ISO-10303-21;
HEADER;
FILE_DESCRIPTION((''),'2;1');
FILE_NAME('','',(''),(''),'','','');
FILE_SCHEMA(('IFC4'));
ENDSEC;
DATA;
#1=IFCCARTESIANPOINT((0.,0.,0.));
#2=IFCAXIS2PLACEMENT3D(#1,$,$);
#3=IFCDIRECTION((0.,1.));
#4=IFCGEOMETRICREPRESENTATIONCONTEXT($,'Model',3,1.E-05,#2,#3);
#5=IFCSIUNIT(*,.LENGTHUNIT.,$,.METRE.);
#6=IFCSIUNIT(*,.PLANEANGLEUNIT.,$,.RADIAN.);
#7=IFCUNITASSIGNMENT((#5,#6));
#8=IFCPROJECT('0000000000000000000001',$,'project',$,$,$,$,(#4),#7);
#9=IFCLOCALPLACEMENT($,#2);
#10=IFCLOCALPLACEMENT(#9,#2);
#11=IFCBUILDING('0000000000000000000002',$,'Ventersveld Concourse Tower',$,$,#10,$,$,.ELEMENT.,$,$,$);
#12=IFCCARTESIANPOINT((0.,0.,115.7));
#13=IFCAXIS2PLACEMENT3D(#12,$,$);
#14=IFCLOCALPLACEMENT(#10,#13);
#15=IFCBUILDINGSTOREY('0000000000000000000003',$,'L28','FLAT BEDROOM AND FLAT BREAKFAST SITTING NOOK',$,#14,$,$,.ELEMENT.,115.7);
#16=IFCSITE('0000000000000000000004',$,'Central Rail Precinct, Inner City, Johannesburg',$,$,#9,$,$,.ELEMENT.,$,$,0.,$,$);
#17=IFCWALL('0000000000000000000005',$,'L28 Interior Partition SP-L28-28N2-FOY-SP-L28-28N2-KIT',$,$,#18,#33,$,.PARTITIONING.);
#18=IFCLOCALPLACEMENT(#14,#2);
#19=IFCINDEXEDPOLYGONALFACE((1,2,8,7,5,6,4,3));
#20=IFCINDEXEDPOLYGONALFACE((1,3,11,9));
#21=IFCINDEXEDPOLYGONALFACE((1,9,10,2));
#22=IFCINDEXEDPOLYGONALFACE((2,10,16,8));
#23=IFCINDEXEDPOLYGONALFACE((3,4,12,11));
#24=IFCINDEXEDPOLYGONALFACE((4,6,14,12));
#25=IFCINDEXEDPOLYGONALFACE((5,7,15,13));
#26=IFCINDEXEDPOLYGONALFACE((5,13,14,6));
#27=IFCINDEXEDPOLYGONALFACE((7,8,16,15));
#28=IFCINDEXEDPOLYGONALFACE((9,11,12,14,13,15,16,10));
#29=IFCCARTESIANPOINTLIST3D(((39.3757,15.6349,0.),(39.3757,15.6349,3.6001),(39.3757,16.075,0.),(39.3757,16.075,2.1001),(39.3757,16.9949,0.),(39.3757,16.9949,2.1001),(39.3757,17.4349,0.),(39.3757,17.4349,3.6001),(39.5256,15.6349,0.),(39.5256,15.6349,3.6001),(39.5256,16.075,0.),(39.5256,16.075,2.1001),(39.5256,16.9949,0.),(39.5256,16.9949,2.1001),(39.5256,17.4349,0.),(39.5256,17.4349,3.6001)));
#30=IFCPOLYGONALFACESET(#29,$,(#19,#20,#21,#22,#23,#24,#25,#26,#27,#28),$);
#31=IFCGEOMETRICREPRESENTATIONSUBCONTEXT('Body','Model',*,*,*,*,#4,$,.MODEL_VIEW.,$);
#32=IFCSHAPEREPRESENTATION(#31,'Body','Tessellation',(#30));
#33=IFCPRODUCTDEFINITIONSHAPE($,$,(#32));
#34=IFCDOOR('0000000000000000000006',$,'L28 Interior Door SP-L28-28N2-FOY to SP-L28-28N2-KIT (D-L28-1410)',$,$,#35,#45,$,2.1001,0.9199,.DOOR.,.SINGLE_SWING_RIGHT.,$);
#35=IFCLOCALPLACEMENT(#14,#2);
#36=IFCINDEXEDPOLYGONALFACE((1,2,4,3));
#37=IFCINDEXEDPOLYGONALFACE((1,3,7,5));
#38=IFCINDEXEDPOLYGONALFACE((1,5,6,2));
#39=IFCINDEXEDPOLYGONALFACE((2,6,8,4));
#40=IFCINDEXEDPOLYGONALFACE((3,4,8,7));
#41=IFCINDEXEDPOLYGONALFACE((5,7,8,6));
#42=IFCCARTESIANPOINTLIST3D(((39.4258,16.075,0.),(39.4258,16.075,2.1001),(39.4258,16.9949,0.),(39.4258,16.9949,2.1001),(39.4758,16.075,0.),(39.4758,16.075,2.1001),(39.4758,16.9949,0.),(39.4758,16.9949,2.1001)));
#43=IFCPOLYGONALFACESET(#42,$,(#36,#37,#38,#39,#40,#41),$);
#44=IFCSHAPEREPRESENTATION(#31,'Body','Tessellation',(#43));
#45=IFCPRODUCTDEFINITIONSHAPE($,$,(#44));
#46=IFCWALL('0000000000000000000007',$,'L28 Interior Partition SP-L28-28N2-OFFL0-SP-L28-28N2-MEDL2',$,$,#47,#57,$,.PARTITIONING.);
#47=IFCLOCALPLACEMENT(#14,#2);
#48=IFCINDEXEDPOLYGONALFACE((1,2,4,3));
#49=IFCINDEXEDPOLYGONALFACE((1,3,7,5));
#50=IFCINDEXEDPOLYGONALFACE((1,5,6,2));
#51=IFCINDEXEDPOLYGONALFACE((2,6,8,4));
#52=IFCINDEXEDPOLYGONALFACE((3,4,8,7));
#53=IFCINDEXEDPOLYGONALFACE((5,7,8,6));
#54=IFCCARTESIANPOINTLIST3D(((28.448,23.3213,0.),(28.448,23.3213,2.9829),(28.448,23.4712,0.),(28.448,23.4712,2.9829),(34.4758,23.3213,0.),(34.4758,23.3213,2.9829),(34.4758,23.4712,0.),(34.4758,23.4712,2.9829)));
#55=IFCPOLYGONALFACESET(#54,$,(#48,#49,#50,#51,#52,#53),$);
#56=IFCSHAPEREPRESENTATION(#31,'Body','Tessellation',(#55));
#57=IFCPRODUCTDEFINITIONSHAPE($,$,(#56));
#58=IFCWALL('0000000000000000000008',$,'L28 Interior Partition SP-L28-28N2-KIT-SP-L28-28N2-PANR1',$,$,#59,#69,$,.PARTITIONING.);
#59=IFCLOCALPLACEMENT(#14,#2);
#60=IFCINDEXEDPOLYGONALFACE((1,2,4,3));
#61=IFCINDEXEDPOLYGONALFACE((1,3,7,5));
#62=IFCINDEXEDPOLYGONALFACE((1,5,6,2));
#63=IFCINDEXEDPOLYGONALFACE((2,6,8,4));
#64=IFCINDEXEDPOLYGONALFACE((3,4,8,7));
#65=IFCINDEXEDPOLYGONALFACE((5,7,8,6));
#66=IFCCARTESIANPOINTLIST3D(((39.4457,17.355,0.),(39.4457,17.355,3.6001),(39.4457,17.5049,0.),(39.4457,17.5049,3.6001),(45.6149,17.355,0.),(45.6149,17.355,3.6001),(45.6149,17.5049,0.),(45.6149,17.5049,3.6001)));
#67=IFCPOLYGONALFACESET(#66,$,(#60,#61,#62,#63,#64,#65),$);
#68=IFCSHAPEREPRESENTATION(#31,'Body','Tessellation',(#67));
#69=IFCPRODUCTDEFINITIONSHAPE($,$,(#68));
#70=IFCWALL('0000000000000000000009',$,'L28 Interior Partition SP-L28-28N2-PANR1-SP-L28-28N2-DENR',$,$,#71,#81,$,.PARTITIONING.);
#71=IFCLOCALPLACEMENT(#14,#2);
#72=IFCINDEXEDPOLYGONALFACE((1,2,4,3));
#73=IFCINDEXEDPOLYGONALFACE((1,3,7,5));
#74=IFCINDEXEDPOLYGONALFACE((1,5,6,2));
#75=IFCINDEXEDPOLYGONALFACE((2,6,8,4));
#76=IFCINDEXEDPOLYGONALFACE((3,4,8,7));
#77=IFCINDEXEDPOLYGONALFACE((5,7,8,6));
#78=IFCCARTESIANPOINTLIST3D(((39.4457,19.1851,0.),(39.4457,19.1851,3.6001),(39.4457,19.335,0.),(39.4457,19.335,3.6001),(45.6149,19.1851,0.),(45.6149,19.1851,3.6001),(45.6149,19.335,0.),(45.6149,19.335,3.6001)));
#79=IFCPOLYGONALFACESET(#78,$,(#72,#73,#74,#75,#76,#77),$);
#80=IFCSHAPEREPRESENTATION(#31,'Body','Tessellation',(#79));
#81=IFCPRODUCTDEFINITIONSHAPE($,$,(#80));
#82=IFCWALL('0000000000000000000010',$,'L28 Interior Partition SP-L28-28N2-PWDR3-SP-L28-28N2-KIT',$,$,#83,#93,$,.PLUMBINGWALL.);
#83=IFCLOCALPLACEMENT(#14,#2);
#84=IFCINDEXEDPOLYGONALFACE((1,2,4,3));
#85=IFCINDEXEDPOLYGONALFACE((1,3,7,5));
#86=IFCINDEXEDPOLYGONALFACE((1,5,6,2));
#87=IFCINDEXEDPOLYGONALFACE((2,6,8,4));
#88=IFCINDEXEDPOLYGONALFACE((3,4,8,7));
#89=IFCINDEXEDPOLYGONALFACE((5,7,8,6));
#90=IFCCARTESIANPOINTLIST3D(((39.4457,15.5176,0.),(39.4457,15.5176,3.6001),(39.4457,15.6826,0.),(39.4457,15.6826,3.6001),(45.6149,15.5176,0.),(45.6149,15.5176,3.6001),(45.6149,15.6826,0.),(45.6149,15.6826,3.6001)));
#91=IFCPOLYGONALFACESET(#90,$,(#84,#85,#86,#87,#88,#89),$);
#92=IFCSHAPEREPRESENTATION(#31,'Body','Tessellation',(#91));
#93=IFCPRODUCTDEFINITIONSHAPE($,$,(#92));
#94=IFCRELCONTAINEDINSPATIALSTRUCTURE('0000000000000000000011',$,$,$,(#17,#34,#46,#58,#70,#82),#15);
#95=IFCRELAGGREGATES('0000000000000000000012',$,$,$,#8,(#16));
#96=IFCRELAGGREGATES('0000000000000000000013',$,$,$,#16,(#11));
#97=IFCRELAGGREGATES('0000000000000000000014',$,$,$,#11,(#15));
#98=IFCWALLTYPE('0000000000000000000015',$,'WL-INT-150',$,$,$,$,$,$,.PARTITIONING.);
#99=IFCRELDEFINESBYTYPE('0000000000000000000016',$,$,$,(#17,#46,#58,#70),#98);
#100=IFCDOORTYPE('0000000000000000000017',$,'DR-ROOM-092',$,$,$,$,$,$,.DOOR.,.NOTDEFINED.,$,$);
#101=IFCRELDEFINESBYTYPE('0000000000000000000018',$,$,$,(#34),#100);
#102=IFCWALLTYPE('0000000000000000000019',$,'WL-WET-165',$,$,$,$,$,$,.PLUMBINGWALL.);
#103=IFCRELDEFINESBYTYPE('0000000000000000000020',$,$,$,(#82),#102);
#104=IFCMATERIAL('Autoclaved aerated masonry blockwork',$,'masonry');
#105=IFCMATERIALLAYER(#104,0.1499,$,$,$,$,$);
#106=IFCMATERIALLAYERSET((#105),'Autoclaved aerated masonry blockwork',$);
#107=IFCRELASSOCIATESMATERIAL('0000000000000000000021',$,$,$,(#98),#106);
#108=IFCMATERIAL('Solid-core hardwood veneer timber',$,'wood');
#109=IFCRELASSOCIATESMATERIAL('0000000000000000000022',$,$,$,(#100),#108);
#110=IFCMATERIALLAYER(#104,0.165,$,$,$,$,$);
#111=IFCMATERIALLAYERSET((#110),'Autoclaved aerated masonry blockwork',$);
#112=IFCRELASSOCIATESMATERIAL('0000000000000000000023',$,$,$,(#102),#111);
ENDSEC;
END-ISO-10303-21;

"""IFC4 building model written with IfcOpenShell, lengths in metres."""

from ifc_helpers import new_model, si_unit, direction, frame, frame_2d, origin, place, context, subcontext, project, spatial, rectangle, extrude, material, layer, layer_set, type_object, element, fill, save


model = new_model("IFC4")

# Units and contexts
model_context = context("Model", 3, precision=1e-05, world=origin(), true_north=direction((0.0, 1.0)))
body_context = subcontext(model_context, "Body", "Model", "MODEL_VIEW")
ifc_project = project(units=[si_unit("LENGTHUNIT", "METRE"), si_unit("PLANEANGLEUNIT", "RADIAN")], contexts=[model_context])

# Site, building, storey
site_placement = place(None, origin())
site = spatial("IfcSite", under=ifc_project, at=site_placement, Name="Central Rail Precinct, Inner City, Johannesburg", CompositionType="ELEMENT", RefElevation=0.0)
building_placement = place(site_placement, origin())
building = spatial("IfcBuilding", under=site, at=building_placement, Name="Ventersveld Concourse Tower", CompositionType="ELEMENT")
storey_placement = place(building_placement, frame((0.0, 0.0, 115.7)))
storey = spatial("IfcBuildingStorey", under=building, at=storey_placement, Name="L28", Description="FLAT BEDROOM AND FLAT BREAKFAST SITTING NOOK", CompositionType="ELEMENT", Elevation=115.7)

# Shared definitions
ifc_material_1 = material(Name="Autoclaved aerated masonry blockwork", Category="masonry")
ifc_layer_1 = layer(ifc_material_1, 0.1499)
ifc_layer_set_1 = layer_set([ifc_layer_1], Name="Autoclaved aerated masonry blockwork")
wall_type_1 = type_object("IfcWallType", Name="WL-INT-150", PredefinedType="PARTITIONING", material=ifc_layer_set_1)
ifc_material_2 = material(Name="Solid-core hardwood veneer timber", Category="wood")
door_type = type_object("IfcDoorType", Name="DR-ROOM-092", OperationType="NOTDEFINED", PredefinedType="DOOR", material=ifc_material_2)

# Wall, opening, door
wall_1_placement = place(storey_placement, frame((39.4507, 15.635, 0.0), z_axis=(0.0, 0.0, 1.0), x_axis=(0.0, 1.0, 0.0)))
wall_1 = element("IfcWall", 1, at=wall_1_placement, inside=storey, type_object=wall_type_1, Name="L28 Interior Partition SP-L28-28N2-FOY-SP-L28-28N2-KIT", PredefinedType="PARTITIONING", context=body_context, shape_type="SweptSolid", body=[
    extrude(rectangle(XDim=1.8, YDim=0.1499, at=frame_2d((0.8999, 0.0))), origin(), (0.0, 0.0, 1.0), 3.6001),
])
opening_1_placement = place(wall_1_placement, frame((0.4399, 0.0, 0.0)))
opening_1 = element("IfcOpeningElement", 2, at=opening_1_placement, cuts=wall_1, PredefinedType="OPENING", context=body_context, shape_type="SweptSolid", body=[
    extrude(rectangle(XDim=0.9199, YDim=2.1001, at=frame_2d((0.46, 1.05))), frame((0.0, 0.085, 0.0), z_axis=(0.0, -1.0, 0.0), x_axis=(1.0, 0.0, 0.0)), (0.0, 0.0, 1.0), 0.1699),
])
door_1_placement = place(opening_1_placement, origin())
door_1 = element("IfcDoor", 3, at=door_1_placement, inside=storey, type_object=door_type, Name="L28 Interior Door SP-L28-28N2-FOY to SP-L28-28N2-KIT (D-L28-1410)", OperationType="SINGLE_SWING_RIGHT", OverallHeight=2.1001, OverallWidth=0.9199, PredefinedType="DOOR", context=body_context, shape_type="SweptSolid", body=[
    extrude(rectangle(XDim=0.9199, YDim=2.1001, at=frame_2d((0.46, 1.05))), frame((0.0, 0.0249, 0.0), z_axis=(0.0, -1.0, 0.0), x_axis=(1.0, 0.0, 0.0)), (0.0, 0.0, 1.0), 0.05),
])
fill(opening_1, door_1)

# Walls
wall_2_placement = place(storey_placement, frame((28.448, 23.3962, 0.0), z_axis=(0.0, 0.0, 1.0), x_axis=(1.0, 0.0, 0.0)))
element("IfcWall", 4, at=wall_2_placement, inside=storey, type_object=wall_type_1, Name="L28 Interior Partition SP-L28-28N2-OFFL0-SP-L28-28N2-MEDL2", PredefinedType="PARTITIONING", context=body_context, shape_type="SweptSolid", body=[
    extrude(rectangle(XDim=6.0278, YDim=0.1499, at=frame_2d((3.0139, 0.0))), origin(), (0.0, 0.0, 1.0), 2.9829),
])
for number, where, z_axis, x_axis, name in (
    (5, (39.4458, 17.4299, 0.0), (0.0, 0.0, 1.0), (1.0, 0.0, 0.0), "L28 Interior Partition SP-L28-28N2-KIT-SP-L28-28N2-PANR1"),
    (6, (39.4458, 19.26, 0.0), (0.0, 0.0, 1.0), (1.0, 0.0, 0.0), "L28 Interior Partition SP-L28-28N2-PANR1-SP-L28-28N2-DENR"),
):
    element("IfcWall", number, at=place(storey_placement, frame(where, z_axis=z_axis, x_axis=x_axis)), inside=storey, type_object=wall_type_1, Name=name, PredefinedType="PARTITIONING", context=body_context, shape_type="SweptSolid", body=[
        extrude(rectangle(XDim=6.1692, YDim=0.1499, at=frame_2d((3.0845, 0.0))), origin(), (0.0, 0.0, 1.0), 3.6001),
    ])
ifc_layer_2 = layer(ifc_material_1, 0.165)
ifc_layer_set_2 = layer_set([ifc_layer_2], Name="Autoclaved aerated masonry blockwork")
wall_type_2 = type_object("IfcWallType", Name="WL-WET-165", PredefinedType="PLUMBINGWALL", material=ifc_layer_set_2)
wall_3_placement = place(storey_placement, frame((39.4458, 15.6001, 0.0), z_axis=(0.0, 0.0, 1.0), x_axis=(1.0, 0.0, 0.0)))
element("IfcWall", 7, at=wall_3_placement, inside=storey, type_object=wall_type_2, Name="L28 Interior Partition SP-L28-28N2-PWDR3-SP-L28-28N2-KIT", PredefinedType="PLUMBINGWALL", context=body_context, shape_type="SweptSolid", body=[
    extrude(rectangle(XDim=6.1692, YDim=0.165, at=frame_2d((3.0845, 0.0))), origin(), (0.0, 0.0, 1.0), 3.6001),
])

save(model, "model.ifc")
